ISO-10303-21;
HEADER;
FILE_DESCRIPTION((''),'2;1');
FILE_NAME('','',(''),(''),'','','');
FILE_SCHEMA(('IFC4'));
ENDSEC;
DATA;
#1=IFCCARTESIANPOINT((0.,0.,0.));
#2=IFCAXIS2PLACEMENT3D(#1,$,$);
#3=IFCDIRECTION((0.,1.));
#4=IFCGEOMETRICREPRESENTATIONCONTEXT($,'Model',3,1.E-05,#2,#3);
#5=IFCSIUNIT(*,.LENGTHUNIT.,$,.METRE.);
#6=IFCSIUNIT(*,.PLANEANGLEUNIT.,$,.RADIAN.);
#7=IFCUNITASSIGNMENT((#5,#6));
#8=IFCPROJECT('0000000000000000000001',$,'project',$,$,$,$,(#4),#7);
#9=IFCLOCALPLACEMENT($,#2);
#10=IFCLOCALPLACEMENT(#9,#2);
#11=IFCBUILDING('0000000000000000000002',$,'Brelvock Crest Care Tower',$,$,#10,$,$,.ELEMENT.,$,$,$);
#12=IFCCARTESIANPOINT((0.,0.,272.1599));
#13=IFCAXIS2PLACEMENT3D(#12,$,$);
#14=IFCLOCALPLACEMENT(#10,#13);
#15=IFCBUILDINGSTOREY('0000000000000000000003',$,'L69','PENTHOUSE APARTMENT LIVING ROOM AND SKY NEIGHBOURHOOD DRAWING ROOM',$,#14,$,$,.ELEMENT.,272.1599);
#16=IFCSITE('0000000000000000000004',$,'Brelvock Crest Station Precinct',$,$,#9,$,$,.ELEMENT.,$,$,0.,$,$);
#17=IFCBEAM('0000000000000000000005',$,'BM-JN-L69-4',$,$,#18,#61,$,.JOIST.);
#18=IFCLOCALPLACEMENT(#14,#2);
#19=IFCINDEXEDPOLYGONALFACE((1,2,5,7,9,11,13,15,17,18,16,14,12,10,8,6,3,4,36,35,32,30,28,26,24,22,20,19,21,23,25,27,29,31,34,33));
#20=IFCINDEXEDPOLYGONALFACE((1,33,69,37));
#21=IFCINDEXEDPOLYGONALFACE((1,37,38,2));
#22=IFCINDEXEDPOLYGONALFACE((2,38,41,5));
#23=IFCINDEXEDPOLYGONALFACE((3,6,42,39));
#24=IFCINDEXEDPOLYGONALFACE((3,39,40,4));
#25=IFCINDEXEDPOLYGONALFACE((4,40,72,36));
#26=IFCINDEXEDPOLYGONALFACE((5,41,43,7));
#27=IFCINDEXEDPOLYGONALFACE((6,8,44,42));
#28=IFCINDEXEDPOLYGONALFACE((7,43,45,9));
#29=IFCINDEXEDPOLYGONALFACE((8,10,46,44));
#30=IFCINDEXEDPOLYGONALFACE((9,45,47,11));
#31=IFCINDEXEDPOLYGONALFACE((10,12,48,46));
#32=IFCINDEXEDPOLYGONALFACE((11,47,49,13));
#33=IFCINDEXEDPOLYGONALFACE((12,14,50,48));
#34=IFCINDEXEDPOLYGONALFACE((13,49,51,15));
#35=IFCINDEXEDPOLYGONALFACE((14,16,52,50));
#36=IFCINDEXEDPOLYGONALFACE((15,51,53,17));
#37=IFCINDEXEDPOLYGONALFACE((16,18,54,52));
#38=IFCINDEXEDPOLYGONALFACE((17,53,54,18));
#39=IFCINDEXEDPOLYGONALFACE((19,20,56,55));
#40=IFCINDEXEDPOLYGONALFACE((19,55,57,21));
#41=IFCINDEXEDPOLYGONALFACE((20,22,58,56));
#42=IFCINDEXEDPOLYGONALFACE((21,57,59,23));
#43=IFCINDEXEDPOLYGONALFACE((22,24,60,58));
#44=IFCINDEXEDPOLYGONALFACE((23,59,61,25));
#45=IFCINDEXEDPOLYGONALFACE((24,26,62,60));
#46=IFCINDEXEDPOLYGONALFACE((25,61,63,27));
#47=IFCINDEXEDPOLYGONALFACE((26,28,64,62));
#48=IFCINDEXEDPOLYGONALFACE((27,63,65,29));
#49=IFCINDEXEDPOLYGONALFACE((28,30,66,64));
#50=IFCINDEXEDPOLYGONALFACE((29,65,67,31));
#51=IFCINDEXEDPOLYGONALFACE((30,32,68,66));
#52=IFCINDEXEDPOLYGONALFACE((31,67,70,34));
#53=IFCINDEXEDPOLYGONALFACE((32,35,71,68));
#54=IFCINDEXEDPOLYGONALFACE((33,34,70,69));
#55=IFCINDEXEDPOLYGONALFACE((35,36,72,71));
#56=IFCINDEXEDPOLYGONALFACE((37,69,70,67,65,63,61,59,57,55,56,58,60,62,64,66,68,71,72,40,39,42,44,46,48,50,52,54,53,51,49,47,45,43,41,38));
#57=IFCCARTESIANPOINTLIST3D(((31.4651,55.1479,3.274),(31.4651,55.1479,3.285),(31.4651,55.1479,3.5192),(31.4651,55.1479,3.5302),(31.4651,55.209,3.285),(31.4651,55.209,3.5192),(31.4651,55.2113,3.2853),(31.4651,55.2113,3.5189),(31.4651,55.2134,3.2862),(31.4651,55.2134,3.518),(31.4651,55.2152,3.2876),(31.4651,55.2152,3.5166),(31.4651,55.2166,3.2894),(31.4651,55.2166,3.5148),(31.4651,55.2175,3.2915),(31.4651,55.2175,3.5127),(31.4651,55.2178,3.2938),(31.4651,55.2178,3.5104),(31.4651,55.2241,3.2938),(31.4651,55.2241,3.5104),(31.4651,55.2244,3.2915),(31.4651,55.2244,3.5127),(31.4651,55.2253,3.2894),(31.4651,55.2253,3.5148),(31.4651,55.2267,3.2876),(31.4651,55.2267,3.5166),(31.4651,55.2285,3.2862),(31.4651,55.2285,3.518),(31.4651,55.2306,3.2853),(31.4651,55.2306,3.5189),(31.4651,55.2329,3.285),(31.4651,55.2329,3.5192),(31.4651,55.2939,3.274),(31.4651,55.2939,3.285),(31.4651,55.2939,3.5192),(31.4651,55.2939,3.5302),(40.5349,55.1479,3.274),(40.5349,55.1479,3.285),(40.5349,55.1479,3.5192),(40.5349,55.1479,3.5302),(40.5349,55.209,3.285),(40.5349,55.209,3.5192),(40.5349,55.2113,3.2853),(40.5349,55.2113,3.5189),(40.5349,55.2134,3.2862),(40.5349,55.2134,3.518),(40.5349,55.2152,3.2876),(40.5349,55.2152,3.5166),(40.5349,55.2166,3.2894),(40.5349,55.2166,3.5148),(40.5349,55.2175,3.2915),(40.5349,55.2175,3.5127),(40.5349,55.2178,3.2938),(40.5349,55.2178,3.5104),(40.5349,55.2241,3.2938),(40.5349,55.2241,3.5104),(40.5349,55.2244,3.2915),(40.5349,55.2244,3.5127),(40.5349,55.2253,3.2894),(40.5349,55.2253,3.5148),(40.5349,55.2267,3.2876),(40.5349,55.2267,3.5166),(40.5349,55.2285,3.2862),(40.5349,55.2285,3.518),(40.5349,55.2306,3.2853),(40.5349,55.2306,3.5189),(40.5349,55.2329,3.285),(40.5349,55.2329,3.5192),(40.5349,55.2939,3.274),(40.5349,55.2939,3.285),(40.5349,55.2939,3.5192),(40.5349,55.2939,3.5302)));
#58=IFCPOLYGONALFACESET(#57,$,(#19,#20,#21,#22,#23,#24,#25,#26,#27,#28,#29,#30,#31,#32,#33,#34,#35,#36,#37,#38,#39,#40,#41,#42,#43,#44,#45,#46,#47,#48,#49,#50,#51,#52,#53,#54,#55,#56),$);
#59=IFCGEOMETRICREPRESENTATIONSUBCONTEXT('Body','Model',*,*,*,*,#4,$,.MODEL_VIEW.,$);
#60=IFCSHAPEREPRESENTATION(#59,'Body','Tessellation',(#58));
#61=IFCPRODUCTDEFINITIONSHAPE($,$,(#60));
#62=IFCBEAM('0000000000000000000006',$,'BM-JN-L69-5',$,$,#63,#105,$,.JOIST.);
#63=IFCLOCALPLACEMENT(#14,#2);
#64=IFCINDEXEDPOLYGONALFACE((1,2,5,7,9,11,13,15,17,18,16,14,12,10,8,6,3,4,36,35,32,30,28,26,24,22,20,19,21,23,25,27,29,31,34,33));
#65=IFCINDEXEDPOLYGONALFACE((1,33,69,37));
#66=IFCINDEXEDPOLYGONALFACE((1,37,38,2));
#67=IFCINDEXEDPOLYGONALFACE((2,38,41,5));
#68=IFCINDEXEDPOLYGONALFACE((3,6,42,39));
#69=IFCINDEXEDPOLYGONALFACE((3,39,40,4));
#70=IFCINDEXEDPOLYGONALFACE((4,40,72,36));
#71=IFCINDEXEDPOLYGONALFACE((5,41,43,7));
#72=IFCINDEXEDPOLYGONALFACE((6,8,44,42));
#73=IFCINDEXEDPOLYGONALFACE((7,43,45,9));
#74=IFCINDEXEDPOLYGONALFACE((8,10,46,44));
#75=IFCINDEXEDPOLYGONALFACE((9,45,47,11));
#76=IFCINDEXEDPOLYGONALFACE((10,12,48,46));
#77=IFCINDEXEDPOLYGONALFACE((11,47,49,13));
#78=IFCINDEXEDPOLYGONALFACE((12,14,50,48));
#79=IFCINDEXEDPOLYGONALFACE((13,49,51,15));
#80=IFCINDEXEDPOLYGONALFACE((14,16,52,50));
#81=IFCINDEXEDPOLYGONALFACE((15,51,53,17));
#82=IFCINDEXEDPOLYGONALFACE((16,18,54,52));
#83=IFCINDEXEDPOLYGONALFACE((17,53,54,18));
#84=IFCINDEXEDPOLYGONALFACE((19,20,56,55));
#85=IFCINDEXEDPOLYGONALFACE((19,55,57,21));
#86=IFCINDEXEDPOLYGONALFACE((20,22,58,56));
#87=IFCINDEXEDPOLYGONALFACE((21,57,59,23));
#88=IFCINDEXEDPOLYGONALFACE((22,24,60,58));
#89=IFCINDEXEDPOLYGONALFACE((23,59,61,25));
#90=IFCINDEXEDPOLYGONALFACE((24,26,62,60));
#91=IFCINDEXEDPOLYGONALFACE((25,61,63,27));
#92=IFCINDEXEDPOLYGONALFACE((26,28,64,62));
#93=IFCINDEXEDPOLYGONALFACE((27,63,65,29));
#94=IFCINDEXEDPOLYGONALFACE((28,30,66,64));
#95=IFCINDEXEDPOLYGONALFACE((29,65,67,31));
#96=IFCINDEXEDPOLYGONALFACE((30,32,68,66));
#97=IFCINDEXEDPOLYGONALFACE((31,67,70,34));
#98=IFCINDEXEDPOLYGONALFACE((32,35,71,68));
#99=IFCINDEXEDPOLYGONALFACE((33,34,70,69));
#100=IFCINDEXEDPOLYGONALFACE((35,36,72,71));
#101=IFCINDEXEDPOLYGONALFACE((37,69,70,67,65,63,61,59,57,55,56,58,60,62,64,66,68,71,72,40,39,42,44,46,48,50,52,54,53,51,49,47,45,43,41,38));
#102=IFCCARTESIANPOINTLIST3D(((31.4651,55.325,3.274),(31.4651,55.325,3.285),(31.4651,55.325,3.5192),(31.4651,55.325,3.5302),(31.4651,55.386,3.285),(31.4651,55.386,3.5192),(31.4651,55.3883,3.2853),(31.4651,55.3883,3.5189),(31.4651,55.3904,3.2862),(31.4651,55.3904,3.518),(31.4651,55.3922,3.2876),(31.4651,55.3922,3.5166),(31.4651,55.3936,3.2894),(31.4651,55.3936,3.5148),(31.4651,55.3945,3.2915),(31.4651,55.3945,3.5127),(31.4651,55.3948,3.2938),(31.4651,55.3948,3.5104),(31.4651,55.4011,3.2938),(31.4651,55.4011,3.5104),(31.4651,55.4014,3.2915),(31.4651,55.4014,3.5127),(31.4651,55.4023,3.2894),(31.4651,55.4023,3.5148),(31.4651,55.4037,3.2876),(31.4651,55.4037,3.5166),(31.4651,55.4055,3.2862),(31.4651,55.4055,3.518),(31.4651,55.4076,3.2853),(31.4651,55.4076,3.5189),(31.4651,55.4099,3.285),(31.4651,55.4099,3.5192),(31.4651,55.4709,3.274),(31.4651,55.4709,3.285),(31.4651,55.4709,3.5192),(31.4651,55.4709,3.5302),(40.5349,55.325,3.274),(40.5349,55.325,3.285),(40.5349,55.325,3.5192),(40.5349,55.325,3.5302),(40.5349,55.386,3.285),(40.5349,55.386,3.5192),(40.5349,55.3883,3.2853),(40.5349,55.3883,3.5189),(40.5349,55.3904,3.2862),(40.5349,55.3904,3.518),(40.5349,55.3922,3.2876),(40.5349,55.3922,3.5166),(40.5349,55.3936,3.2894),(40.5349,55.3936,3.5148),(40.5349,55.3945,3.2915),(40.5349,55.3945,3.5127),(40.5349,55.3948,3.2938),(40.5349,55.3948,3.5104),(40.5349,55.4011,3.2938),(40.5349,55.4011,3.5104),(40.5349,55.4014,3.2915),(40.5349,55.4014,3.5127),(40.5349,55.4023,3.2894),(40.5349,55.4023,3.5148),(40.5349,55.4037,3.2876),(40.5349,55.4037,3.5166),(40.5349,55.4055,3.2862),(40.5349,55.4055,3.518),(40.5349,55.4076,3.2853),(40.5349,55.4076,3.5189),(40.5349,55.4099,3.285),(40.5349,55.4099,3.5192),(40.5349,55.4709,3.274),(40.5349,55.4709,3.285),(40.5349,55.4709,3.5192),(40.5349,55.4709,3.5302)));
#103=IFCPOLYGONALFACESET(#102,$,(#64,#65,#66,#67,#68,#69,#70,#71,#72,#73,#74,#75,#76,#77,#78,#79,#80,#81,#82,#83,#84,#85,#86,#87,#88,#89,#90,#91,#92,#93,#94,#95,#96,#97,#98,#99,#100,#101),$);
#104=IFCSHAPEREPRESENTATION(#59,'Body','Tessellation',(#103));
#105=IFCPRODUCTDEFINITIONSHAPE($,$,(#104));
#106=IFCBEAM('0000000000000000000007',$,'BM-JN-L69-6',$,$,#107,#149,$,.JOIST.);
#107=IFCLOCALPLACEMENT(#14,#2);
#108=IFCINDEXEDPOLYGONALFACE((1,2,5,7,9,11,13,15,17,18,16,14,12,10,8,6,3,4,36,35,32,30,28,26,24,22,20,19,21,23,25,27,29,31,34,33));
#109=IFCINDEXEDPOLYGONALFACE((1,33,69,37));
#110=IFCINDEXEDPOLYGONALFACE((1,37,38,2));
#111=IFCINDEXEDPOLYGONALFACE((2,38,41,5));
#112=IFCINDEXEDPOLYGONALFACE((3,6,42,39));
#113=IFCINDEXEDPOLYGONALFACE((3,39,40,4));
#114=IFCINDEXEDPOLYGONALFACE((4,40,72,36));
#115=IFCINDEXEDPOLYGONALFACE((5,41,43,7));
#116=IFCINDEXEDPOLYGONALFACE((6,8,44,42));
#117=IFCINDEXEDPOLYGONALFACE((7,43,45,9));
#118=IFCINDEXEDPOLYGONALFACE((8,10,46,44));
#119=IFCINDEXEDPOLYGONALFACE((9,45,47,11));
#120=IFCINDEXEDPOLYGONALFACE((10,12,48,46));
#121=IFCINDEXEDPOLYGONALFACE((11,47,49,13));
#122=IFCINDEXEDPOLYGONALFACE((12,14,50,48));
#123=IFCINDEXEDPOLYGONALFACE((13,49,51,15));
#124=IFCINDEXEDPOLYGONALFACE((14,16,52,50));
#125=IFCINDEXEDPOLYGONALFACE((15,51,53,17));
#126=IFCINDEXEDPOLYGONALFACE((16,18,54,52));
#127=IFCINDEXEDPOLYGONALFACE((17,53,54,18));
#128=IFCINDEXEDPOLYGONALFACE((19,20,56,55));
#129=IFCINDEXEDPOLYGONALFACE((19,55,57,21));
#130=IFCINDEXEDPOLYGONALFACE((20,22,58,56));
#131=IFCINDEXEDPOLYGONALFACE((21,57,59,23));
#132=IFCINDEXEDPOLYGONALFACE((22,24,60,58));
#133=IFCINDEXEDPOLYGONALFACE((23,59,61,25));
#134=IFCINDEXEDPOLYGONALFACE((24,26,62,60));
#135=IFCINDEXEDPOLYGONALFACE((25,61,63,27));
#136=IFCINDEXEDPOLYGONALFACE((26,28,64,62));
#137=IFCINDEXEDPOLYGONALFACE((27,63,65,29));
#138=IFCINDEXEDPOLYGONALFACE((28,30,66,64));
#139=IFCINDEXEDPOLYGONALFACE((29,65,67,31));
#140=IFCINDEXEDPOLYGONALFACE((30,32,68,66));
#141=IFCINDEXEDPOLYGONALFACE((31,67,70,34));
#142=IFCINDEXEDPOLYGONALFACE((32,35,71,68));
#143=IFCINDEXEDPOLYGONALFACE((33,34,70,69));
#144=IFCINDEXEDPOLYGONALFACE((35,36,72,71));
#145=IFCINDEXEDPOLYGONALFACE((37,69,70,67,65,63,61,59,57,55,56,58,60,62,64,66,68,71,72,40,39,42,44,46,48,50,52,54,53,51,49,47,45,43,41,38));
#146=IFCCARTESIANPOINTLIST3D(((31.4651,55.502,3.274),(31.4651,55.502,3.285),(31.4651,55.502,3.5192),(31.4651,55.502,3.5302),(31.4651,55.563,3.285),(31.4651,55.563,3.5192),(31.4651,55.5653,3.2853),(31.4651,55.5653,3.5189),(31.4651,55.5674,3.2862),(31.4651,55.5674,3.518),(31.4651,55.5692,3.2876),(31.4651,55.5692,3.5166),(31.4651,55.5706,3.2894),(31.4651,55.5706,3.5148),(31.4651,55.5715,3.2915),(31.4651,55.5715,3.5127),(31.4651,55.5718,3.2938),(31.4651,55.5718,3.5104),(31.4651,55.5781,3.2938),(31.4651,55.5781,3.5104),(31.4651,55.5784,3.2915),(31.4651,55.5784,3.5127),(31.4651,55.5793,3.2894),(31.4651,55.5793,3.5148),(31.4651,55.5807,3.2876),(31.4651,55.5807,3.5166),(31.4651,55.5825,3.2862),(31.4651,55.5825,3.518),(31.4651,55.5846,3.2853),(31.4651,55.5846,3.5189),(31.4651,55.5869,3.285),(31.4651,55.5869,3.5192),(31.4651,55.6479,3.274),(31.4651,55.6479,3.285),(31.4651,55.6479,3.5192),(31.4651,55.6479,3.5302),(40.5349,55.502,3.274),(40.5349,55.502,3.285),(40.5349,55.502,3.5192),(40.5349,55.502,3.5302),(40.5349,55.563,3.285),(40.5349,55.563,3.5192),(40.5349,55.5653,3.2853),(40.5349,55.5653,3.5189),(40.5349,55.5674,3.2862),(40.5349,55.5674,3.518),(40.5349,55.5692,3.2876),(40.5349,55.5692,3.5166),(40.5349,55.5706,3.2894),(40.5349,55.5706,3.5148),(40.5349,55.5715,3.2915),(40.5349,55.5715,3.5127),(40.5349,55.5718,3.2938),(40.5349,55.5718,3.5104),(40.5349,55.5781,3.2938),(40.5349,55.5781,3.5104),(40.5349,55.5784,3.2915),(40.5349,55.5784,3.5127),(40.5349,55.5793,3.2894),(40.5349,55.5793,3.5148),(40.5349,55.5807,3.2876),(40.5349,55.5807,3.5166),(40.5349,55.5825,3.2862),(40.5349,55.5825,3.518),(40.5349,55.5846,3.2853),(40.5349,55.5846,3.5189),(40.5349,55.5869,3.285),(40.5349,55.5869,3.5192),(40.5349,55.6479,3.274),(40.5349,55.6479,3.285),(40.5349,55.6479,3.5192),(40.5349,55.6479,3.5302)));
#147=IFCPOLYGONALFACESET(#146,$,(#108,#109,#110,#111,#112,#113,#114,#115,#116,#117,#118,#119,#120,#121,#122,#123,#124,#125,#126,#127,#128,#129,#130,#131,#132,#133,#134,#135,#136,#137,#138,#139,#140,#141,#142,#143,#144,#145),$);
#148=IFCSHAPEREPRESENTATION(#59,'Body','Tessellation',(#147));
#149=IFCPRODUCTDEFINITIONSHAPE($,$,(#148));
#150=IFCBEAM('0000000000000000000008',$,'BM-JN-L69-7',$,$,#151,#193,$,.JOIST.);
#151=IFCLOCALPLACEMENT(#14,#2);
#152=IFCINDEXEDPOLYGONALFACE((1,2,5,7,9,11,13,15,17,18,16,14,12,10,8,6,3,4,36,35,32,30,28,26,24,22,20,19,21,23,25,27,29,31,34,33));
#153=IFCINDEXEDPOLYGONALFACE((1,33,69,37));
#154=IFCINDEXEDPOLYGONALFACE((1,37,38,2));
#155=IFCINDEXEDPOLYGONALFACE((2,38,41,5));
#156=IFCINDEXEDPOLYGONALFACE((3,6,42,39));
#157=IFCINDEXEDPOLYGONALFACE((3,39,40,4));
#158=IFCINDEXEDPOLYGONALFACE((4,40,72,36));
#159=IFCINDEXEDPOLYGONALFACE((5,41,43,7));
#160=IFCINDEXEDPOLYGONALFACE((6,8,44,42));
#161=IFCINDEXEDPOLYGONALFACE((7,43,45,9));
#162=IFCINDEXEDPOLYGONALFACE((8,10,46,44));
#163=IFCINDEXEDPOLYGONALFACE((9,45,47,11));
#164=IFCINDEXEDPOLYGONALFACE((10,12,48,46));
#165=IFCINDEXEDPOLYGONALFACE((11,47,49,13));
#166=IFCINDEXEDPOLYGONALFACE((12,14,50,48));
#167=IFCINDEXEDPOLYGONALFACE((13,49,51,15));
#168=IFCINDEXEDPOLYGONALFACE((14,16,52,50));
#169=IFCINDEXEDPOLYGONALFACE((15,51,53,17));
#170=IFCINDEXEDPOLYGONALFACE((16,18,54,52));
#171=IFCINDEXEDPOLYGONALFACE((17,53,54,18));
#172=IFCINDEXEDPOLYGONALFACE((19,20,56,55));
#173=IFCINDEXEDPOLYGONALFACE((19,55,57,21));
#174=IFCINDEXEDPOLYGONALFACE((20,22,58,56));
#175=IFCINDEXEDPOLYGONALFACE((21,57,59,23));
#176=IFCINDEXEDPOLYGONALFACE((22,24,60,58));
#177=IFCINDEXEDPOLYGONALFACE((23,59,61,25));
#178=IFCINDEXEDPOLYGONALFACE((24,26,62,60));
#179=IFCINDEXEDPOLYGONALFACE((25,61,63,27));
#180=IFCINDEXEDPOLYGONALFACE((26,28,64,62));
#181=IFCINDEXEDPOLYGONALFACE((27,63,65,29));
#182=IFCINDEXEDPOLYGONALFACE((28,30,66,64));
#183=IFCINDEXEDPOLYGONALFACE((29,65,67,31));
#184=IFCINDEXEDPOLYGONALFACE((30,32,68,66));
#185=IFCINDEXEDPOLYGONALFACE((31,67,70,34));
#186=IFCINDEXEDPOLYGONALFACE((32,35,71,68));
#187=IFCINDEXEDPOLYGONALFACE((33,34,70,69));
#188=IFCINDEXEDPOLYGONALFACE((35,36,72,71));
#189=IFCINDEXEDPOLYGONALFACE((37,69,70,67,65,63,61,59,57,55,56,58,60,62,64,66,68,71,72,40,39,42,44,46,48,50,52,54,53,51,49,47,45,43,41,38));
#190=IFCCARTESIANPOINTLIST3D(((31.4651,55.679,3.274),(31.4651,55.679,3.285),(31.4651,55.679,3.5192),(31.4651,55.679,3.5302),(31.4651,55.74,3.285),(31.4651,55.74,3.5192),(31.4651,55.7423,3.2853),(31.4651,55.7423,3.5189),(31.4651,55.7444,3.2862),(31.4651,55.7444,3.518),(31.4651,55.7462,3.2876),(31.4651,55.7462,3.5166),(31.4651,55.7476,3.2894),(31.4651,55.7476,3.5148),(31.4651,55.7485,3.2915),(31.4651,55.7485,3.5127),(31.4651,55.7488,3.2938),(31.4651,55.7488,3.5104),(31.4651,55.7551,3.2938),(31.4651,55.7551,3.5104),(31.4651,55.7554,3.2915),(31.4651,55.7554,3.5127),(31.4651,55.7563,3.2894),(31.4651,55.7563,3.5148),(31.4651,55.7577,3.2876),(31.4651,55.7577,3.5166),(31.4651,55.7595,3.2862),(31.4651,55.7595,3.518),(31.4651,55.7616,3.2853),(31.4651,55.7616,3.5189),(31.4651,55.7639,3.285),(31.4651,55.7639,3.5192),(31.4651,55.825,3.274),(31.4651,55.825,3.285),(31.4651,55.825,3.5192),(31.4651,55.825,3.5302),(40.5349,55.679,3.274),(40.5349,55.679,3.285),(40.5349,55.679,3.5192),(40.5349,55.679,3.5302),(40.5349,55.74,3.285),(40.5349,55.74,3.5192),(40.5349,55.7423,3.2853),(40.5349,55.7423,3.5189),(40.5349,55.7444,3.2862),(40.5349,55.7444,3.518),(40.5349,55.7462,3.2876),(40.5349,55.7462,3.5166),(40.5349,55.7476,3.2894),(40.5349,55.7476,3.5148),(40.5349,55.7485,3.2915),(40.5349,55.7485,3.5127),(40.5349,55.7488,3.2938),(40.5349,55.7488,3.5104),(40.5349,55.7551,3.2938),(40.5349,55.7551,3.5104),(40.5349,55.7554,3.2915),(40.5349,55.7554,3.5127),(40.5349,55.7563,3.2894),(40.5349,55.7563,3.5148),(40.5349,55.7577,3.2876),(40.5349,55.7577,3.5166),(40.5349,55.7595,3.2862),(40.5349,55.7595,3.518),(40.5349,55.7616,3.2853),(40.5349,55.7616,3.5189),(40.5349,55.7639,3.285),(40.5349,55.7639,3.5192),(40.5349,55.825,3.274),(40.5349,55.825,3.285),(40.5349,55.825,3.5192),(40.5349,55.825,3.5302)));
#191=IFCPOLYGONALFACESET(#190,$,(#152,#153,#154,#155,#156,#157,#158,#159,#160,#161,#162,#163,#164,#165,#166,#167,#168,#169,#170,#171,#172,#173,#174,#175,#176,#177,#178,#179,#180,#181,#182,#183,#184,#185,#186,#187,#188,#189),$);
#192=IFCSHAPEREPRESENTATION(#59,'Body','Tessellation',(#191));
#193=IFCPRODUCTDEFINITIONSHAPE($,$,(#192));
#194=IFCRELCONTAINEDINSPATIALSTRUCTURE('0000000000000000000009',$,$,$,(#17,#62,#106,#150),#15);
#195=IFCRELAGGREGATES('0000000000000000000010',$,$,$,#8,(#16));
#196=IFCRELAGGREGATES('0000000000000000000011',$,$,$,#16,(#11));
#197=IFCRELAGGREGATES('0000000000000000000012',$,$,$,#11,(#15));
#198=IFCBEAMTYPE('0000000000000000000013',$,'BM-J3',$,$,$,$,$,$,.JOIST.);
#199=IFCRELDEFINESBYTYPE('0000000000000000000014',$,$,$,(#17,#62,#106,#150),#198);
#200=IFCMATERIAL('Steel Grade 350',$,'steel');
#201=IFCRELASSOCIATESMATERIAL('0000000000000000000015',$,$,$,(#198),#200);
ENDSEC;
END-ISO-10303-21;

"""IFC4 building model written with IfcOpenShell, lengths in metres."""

from ifc_helpers import new_model, si_unit, direction, frame, origin, origin_2d, place, context, subcontext, project, spatial, i_section, extrude, source, transform, mapped, material, material_profile, profile_set, type_object, element, save


model = new_model("IFC4")

# Units and contexts
model_context = context("Model", 3, precision=1e-05, world=origin(), true_north=direction((0.0, 1.0)))
body_context = subcontext(model_context, "Body", "Model", "MODEL_VIEW")
ifc_project = project(units=[si_unit("LENGTHUNIT", "METRE"), si_unit("PLANEANGLEUNIT", "RADIAN")], contexts=[model_context])

# Site, building, storey
site_placement = place(None, origin())
site = spatial("IfcSite", under=ifc_project, at=site_placement, Name="Brelvock Crest Station Precinct", CompositionType="ELEMENT", RefElevation=0.0)
building_placement = place(site_placement, origin())
building = spatial("IfcBuilding", under=site, at=building_placement, Name="Brelvock Crest Care Tower", CompositionType="ELEMENT")
storey_placement = place(building_placement, frame((0.0, 0.0, 272.1599)))
storey = spatial("IfcBuildingStorey", under=building, at=storey_placement, Name="L69", Description="PENTHOUSE APARTMENT LIVING ROOM AND SKY NEIGHBOURHOOD DRAWING ROOM", CompositionType="ELEMENT", Elevation=272.1599)

# Shared definitions
ifc_material_1 = material(Name="Steel Grade 350", Category="steel")

# Beams
ifc_material_profile_1 = material_profile(ifc_material_1, i_section(OverallWidth=0.146, OverallDepth=0.2561, WebThickness=0.0063, FlangeThickness=0.011, FilletRadius=0.0088, at=origin_2d()), Name="250UB37.3")
ifc_profile_set_1 = profile_set([ifc_material_profile_1], Name="Steel Grade 350")
beam_type_1 = type_object("IfcBeamType", Name="BM-J3", PredefinedType="JOIST", material=ifc_profile_set_1)
shared_shape_1 = source(origin(), body_context, "Body", "SweptSolid", [
    extrude(i_section(OverallWidth=0.146, OverallDepth=0.2561, WebThickness=0.0063, FlangeThickness=0.011, FilletRadius=0.0088, at=origin_2d()), origin(), (0.0, 0.0, 1.0), 9.0698),
])
for number, where, z_axis, x_axis, name in (
    (1, (31.4651, 55.2209, 3.4021), (1.0, 0.0, 0.0), (0.0, 1.0, 0.0), "BM-JN-L69-4"),
    (2, (31.4651, 55.3979, 3.4021), (1.0, 0.0, 0.0), (0.0, 1.0, 0.0), "BM-JN-L69-5"),
    (3, (31.4651, 55.575, 3.4021), (1.0, 0.0, 0.0), (0.0, 1.0, 0.0), "BM-JN-L69-6"),
    (4, (31.4651, 55.752, 3.4021), (1.0, 0.0, 0.0), (0.0, 1.0, 0.0), "BM-JN-L69-7"),
):
    element("IfcBeam", number, at=place(storey_placement, frame(where, z_axis=z_axis, x_axis=x_axis)), inside=storey, type_object=beam_type_1, Name=name, PredefinedType="JOIST", context=body_context, shape_type="MappedRepresentation", body=[
        mapped(shared_shape_1, transform((0.0, 0.0, 0.0), x_axis=(1.0, 0.0, 0.0), y_axis=(0.0, 1.0, 0.0), z_axis=(0.0, 0.0, 1.0), scale=1.0)),
    ])

save(model, "model.ifc")
